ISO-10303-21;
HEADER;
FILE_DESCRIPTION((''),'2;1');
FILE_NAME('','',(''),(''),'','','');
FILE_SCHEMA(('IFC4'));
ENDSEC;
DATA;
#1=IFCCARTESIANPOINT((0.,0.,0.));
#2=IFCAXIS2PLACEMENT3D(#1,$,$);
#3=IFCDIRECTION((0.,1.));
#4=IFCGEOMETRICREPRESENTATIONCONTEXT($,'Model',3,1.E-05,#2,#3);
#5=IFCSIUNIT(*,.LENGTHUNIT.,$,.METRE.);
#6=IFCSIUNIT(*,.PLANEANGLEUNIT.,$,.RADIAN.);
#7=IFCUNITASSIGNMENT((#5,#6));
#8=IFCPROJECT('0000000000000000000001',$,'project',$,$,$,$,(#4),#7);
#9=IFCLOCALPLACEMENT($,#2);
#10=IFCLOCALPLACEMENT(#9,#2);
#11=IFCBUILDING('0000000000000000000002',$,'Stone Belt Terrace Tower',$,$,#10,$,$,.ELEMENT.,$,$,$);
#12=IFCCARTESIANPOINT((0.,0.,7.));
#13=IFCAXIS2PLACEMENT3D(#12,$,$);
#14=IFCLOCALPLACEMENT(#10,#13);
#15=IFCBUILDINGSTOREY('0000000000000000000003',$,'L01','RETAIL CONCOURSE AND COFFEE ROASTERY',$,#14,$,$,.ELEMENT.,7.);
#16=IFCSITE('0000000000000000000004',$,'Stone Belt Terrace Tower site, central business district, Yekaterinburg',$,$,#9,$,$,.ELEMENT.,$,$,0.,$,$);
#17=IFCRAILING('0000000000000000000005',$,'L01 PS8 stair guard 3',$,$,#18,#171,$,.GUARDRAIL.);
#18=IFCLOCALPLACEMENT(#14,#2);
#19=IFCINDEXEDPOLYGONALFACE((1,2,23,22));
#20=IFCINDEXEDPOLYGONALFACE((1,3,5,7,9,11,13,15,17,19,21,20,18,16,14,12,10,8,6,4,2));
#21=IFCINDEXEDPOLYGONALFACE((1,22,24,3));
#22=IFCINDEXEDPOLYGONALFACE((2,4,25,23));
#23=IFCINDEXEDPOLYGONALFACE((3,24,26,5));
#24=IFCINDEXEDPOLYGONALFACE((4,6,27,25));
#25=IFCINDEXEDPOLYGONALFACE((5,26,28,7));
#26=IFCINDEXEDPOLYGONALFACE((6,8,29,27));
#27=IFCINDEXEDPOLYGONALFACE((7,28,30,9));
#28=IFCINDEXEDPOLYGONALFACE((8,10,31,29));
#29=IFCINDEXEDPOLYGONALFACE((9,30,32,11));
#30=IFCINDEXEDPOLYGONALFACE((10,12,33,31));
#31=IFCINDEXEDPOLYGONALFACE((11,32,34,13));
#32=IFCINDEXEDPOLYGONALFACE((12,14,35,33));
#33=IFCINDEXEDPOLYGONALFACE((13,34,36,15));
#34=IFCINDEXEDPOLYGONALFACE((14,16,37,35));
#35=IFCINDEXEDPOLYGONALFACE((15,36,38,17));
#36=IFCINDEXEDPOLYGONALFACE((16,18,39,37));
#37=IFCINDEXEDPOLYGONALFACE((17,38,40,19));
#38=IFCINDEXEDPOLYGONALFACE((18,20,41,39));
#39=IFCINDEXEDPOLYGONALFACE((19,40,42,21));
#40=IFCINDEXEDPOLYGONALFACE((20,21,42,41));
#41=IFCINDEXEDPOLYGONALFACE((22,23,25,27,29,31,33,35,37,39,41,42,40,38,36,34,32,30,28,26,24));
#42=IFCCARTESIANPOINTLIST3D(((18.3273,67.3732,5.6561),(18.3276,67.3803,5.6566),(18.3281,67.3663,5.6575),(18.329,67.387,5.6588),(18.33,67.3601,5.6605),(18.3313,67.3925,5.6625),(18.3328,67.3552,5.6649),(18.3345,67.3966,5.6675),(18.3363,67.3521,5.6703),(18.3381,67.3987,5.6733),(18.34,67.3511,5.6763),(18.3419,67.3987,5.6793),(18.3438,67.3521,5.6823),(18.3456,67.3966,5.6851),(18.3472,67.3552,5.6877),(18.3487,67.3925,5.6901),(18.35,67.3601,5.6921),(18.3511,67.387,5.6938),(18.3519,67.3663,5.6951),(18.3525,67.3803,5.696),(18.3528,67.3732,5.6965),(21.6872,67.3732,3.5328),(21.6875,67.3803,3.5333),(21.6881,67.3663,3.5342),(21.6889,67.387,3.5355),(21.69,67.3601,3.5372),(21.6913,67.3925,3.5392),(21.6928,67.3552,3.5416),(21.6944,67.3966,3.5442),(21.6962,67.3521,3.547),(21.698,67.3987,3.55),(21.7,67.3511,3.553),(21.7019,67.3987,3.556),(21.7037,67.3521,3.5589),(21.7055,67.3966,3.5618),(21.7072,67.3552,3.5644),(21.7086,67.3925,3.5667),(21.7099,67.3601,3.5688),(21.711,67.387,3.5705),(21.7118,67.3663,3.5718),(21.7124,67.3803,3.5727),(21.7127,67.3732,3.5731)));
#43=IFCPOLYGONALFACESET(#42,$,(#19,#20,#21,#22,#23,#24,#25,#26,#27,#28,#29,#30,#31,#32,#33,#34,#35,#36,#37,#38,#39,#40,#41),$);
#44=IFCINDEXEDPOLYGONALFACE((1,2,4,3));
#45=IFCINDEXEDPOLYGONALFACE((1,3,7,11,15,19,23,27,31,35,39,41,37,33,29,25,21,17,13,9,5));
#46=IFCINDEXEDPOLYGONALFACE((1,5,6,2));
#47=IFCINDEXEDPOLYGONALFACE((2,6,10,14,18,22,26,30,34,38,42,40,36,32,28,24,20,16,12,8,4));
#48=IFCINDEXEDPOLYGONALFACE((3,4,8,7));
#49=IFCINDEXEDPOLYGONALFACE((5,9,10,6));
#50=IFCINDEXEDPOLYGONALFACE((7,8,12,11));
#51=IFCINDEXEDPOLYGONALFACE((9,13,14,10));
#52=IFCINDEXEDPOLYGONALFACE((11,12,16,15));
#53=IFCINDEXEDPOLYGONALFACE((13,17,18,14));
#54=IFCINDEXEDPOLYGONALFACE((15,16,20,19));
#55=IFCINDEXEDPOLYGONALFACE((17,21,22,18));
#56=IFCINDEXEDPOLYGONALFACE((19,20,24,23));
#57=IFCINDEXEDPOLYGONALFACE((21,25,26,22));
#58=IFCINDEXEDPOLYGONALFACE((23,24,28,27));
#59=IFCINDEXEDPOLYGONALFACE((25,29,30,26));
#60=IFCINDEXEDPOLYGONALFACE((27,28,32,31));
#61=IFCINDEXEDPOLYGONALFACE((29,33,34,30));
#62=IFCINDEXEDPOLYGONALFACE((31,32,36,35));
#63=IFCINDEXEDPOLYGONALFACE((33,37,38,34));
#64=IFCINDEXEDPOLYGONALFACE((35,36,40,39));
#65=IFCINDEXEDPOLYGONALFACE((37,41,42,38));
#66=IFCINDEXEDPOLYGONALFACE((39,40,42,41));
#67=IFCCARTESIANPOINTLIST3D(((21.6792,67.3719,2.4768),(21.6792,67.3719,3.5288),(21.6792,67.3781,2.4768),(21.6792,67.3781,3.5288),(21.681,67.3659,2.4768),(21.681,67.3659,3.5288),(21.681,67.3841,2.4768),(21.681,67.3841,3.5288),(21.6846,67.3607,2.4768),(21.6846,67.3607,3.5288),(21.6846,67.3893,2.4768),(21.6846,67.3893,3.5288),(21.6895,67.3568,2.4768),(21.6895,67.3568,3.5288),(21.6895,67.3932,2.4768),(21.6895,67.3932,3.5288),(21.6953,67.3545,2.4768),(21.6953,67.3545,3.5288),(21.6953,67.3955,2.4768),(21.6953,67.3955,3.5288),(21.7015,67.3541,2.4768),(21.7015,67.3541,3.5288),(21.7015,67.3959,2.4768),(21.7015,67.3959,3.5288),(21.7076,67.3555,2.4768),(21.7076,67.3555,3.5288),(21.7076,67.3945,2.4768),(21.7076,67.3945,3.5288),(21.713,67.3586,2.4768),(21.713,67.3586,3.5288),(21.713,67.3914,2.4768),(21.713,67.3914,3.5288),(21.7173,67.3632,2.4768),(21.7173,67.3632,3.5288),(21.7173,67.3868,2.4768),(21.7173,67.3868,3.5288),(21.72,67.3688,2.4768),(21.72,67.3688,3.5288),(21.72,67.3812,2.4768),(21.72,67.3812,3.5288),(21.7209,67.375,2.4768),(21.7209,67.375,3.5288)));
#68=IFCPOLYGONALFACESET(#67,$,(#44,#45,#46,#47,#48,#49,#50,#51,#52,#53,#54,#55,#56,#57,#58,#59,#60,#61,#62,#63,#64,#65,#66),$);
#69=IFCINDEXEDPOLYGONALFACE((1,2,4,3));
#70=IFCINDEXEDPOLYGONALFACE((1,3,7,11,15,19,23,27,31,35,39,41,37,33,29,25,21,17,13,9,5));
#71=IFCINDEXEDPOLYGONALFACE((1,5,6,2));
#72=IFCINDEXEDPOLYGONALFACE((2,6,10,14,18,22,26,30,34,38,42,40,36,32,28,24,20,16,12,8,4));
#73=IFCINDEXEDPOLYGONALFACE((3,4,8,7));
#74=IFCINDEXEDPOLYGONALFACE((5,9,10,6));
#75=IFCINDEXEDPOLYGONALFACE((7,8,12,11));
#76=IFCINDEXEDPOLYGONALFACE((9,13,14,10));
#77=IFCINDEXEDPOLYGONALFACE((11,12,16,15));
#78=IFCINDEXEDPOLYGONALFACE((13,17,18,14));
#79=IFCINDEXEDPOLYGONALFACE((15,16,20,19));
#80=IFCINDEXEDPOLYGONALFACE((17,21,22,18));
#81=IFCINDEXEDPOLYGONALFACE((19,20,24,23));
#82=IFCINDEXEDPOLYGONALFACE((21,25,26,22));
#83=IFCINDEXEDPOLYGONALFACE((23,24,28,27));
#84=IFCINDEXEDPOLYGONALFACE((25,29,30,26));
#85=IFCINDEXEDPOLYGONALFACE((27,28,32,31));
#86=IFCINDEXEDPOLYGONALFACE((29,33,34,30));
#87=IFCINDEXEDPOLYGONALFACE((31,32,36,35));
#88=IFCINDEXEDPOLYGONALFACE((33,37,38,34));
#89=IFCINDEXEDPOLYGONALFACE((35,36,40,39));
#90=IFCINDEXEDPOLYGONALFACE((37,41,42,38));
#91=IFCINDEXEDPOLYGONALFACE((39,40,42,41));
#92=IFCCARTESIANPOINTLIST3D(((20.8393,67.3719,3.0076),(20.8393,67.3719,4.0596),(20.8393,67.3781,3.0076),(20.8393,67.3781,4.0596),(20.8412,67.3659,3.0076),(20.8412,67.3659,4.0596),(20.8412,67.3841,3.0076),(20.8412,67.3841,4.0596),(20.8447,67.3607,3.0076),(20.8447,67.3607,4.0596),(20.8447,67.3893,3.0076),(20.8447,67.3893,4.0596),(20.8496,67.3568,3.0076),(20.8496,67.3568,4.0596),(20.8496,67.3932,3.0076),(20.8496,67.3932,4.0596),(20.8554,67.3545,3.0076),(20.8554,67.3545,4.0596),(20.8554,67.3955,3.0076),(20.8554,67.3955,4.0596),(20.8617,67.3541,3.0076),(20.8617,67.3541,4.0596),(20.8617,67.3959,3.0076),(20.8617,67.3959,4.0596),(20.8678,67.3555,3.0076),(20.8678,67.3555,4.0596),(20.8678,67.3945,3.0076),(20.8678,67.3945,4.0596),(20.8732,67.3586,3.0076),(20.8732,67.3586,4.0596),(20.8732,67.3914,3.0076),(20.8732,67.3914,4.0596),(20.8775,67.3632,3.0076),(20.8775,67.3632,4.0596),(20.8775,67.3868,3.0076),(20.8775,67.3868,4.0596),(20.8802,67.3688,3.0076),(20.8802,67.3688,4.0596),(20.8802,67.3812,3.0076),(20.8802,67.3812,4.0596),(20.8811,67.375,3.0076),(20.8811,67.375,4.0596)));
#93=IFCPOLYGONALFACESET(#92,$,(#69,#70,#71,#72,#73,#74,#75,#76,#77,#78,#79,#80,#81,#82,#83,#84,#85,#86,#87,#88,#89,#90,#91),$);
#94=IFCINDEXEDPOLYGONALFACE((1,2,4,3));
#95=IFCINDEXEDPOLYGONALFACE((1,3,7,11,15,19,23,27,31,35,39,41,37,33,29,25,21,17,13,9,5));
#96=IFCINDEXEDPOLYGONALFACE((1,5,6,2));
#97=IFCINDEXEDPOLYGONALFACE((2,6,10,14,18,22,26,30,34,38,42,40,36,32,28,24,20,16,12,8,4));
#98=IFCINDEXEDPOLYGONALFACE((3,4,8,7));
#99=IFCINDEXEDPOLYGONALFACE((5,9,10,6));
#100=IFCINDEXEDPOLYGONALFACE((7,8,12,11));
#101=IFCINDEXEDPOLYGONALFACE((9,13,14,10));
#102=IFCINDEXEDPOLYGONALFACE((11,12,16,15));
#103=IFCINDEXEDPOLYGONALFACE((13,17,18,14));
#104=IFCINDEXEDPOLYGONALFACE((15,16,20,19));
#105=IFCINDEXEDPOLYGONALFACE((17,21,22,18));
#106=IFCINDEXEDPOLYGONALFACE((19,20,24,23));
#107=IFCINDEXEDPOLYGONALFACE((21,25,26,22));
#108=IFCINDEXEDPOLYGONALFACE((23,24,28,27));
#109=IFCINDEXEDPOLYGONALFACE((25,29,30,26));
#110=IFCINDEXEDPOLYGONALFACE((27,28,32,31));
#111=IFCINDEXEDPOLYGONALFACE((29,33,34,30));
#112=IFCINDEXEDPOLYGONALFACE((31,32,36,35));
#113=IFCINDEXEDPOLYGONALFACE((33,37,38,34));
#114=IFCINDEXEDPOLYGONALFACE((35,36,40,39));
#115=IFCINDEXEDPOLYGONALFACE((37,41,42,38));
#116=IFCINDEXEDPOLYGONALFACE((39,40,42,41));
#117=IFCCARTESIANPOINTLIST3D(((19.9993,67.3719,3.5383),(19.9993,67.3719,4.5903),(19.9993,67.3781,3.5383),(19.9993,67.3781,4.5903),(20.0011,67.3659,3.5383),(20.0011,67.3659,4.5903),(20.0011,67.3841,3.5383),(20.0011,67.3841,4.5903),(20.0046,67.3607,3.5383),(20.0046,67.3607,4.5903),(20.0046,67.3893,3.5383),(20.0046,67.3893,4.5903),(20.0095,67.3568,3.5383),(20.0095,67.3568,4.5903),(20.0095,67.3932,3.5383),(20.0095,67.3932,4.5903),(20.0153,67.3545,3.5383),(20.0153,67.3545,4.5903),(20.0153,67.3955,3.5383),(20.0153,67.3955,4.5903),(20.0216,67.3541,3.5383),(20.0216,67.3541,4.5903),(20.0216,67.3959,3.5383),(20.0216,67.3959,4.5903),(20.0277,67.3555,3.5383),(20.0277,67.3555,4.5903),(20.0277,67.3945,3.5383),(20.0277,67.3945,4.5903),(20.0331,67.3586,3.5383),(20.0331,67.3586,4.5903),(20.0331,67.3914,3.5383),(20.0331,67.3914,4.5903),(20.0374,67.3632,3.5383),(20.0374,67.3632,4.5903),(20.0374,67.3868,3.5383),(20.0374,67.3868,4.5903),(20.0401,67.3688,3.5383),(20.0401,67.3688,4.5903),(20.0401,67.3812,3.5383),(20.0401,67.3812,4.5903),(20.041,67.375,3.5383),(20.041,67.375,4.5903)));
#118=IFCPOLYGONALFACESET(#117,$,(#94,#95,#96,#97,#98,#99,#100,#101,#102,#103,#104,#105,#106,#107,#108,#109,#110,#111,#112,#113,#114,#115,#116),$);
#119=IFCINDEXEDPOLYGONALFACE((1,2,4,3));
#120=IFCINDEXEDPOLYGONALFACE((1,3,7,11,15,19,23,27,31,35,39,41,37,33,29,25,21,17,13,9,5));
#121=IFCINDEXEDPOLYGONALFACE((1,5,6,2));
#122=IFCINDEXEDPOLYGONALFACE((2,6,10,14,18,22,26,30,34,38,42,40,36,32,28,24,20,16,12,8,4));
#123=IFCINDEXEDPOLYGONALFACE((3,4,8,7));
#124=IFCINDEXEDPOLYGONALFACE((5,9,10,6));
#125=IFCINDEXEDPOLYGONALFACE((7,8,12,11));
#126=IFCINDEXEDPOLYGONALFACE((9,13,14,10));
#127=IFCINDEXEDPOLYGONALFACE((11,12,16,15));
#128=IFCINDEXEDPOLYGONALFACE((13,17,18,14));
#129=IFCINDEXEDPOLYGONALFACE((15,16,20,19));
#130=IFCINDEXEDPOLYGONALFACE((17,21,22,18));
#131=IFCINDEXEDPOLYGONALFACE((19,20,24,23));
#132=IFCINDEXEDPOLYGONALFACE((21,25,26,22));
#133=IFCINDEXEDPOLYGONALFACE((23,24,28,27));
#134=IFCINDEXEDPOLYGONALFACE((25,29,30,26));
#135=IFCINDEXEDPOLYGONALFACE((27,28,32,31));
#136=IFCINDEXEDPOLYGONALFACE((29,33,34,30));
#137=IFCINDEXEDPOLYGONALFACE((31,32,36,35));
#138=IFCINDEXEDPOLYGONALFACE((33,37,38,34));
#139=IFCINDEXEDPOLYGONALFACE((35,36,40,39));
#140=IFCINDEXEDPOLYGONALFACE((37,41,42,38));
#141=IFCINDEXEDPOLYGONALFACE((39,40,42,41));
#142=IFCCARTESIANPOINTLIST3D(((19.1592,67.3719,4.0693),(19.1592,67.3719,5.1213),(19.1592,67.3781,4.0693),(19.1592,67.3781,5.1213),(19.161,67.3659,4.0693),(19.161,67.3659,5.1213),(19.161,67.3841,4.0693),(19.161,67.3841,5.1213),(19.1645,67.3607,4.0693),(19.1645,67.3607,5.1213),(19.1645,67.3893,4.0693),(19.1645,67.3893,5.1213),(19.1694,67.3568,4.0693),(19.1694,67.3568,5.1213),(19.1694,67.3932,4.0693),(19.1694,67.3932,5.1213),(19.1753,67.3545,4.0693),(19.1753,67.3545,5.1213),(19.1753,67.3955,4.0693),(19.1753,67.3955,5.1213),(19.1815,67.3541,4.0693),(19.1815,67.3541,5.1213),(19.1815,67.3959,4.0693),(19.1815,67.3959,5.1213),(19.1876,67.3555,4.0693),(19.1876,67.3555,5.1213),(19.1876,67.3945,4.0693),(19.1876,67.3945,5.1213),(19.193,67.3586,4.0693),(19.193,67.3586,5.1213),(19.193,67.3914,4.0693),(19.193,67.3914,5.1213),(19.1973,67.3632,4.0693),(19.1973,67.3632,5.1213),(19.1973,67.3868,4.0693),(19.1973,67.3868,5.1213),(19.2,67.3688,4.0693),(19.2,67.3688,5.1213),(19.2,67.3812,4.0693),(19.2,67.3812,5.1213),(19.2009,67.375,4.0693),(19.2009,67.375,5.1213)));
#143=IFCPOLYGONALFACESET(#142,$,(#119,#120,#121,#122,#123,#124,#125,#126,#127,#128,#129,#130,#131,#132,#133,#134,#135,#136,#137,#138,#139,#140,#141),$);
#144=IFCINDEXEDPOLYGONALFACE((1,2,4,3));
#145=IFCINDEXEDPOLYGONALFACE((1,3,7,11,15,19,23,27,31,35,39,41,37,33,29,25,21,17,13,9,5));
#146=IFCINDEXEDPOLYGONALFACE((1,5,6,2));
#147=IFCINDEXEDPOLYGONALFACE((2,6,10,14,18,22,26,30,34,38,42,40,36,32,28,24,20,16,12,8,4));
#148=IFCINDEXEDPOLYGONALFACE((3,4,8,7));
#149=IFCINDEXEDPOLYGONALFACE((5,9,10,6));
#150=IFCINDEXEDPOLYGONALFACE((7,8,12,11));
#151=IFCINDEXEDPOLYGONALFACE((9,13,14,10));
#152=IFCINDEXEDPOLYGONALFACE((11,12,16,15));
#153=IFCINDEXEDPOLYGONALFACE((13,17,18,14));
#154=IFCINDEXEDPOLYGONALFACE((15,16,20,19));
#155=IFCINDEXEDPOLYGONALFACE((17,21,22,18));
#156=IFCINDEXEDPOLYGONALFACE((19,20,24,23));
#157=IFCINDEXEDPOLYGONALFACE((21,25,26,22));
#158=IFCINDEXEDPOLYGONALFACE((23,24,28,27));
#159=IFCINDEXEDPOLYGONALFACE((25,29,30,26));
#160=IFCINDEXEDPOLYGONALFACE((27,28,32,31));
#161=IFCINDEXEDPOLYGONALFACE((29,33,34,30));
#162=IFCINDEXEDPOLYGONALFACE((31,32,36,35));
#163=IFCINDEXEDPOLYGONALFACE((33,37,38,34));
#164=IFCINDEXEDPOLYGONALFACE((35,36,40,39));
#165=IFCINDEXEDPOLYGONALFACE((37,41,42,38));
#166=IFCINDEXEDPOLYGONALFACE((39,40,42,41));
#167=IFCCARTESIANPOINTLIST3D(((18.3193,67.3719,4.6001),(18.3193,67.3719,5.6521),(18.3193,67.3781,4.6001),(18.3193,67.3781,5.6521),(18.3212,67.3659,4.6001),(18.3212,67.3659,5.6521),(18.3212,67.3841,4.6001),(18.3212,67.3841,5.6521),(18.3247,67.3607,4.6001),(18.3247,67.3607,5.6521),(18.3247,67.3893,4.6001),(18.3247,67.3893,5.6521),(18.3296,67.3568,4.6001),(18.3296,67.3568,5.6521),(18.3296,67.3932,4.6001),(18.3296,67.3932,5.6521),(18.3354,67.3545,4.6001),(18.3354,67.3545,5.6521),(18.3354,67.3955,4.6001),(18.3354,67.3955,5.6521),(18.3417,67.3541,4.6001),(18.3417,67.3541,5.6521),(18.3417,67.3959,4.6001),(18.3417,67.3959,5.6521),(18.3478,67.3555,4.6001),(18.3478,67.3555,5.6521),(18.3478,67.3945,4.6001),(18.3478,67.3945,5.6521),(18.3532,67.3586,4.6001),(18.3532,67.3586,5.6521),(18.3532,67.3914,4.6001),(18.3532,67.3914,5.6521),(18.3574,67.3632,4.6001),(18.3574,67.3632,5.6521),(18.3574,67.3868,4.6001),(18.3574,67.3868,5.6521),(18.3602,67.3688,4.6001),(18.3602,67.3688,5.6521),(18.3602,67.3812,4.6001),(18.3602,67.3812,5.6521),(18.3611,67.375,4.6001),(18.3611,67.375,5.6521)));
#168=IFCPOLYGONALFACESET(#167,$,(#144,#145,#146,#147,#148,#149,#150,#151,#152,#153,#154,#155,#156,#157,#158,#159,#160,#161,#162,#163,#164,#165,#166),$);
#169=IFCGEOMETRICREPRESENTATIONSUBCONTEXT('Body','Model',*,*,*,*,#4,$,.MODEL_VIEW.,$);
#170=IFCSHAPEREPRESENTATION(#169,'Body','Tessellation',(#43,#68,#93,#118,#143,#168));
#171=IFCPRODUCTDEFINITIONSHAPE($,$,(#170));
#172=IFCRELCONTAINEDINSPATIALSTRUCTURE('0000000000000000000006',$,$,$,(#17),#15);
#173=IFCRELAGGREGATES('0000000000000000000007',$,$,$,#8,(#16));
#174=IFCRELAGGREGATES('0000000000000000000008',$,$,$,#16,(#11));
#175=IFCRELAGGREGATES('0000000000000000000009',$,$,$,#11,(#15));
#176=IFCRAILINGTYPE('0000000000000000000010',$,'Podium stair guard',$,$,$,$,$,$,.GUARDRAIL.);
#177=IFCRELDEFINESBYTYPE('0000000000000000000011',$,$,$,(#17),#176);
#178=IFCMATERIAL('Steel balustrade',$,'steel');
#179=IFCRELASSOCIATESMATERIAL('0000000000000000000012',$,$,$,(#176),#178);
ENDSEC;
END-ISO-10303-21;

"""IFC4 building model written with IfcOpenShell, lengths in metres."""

from ifc_helpers import new_model, si_unit, direction, frame, origin, origin_2d, place, context, subcontext, project, spatial, circle, extrude, material, type_object, element, save


model = new_model("IFC4")

# Units and contexts
model_context = context("Model", 3, precision=1e-05, world=origin(), true_north=direction((0.0, 1.0)))
body_context = subcontext(model_context, "Body", "Model", "MODEL_VIEW")
ifc_project = project(units=[si_unit("LENGTHUNIT", "METRE"), si_unit("PLANEANGLEUNIT", "RADIAN")], contexts=[model_context])

# Site, building, storey
site_placement = place(None, origin())
site = spatial("IfcSite", under=ifc_project, at=site_placement, Name="Stone Belt Terrace Tower site, central business district, Yekaterinburg", CompositionType="ELEMENT", RefElevation=0.0)
building_placement = place(site_placement, origin())
building = spatial("IfcBuilding", under=site, at=building_placement, Name="Stone Belt Terrace Tower", CompositionType="ELEMENT")
storey_placement = place(building_placement, frame((0.0, 0.0, 7.0)))
storey = spatial("IfcBuildingStorey", under=building, at=storey_placement, Name="L01", Description="RETAIL CONCOURSE AND COFFEE ROASTERY", CompositionType="ELEMENT", Elevation=7.0)

# Railing
ifc_material_1 = material(Name="Steel balustrade", Category="steel")
railing_type_1 = type_object("IfcRailingType", Name="Podium stair guard", PredefinedType="GUARDRAIL", material=ifc_material_1)
railing_1_placement = place(storey_placement, frame((21.7, 67.375, 2.4768)))
element("IfcRailing", 1, at=railing_1_placement, inside=storey, type_object=railing_type_1, Name="L01 PS8 stair guard 3", PredefinedType="GUARDRAIL", context=body_context, shape_type="SweptSolid", body=[
    extrude(circle(Radius=0.0239, at=origin_2d()), frame((0.0, 0.0, 1.0762), z_axis=(-0.845344, 0.0, 0.534222), x_axis=(0.0, -1.0, 0.0)), (0.0, 0.0, 1.0), 3.9746),
    extrude(circle(Radius=0.021, at=origin_2d()), origin(), (0.0, 0.0, 1.0), 1.052),
    extrude(circle(Radius=0.021, at=origin_2d()), frame((-0.8398, 0.0, 0.5308)), (0.0, 0.0, 1.0), 1.052),
    extrude(circle(Radius=0.021, at=origin_2d()), frame((-1.6799, 0.0, 1.0615)), (0.0, 0.0, 1.0), 1.052),
    extrude(circle(Radius=0.021, at=origin_2d()), frame((-2.52, 0.0, 1.5925)), (0.0, 0.0, 1.0), 1.052),
    extrude(circle(Radius=0.021, at=origin_2d()), frame((-3.3599, 0.0, 2.1233)), (0.0, 0.0, 1.0), 1.052),
])

save(model, "model.ifc")
